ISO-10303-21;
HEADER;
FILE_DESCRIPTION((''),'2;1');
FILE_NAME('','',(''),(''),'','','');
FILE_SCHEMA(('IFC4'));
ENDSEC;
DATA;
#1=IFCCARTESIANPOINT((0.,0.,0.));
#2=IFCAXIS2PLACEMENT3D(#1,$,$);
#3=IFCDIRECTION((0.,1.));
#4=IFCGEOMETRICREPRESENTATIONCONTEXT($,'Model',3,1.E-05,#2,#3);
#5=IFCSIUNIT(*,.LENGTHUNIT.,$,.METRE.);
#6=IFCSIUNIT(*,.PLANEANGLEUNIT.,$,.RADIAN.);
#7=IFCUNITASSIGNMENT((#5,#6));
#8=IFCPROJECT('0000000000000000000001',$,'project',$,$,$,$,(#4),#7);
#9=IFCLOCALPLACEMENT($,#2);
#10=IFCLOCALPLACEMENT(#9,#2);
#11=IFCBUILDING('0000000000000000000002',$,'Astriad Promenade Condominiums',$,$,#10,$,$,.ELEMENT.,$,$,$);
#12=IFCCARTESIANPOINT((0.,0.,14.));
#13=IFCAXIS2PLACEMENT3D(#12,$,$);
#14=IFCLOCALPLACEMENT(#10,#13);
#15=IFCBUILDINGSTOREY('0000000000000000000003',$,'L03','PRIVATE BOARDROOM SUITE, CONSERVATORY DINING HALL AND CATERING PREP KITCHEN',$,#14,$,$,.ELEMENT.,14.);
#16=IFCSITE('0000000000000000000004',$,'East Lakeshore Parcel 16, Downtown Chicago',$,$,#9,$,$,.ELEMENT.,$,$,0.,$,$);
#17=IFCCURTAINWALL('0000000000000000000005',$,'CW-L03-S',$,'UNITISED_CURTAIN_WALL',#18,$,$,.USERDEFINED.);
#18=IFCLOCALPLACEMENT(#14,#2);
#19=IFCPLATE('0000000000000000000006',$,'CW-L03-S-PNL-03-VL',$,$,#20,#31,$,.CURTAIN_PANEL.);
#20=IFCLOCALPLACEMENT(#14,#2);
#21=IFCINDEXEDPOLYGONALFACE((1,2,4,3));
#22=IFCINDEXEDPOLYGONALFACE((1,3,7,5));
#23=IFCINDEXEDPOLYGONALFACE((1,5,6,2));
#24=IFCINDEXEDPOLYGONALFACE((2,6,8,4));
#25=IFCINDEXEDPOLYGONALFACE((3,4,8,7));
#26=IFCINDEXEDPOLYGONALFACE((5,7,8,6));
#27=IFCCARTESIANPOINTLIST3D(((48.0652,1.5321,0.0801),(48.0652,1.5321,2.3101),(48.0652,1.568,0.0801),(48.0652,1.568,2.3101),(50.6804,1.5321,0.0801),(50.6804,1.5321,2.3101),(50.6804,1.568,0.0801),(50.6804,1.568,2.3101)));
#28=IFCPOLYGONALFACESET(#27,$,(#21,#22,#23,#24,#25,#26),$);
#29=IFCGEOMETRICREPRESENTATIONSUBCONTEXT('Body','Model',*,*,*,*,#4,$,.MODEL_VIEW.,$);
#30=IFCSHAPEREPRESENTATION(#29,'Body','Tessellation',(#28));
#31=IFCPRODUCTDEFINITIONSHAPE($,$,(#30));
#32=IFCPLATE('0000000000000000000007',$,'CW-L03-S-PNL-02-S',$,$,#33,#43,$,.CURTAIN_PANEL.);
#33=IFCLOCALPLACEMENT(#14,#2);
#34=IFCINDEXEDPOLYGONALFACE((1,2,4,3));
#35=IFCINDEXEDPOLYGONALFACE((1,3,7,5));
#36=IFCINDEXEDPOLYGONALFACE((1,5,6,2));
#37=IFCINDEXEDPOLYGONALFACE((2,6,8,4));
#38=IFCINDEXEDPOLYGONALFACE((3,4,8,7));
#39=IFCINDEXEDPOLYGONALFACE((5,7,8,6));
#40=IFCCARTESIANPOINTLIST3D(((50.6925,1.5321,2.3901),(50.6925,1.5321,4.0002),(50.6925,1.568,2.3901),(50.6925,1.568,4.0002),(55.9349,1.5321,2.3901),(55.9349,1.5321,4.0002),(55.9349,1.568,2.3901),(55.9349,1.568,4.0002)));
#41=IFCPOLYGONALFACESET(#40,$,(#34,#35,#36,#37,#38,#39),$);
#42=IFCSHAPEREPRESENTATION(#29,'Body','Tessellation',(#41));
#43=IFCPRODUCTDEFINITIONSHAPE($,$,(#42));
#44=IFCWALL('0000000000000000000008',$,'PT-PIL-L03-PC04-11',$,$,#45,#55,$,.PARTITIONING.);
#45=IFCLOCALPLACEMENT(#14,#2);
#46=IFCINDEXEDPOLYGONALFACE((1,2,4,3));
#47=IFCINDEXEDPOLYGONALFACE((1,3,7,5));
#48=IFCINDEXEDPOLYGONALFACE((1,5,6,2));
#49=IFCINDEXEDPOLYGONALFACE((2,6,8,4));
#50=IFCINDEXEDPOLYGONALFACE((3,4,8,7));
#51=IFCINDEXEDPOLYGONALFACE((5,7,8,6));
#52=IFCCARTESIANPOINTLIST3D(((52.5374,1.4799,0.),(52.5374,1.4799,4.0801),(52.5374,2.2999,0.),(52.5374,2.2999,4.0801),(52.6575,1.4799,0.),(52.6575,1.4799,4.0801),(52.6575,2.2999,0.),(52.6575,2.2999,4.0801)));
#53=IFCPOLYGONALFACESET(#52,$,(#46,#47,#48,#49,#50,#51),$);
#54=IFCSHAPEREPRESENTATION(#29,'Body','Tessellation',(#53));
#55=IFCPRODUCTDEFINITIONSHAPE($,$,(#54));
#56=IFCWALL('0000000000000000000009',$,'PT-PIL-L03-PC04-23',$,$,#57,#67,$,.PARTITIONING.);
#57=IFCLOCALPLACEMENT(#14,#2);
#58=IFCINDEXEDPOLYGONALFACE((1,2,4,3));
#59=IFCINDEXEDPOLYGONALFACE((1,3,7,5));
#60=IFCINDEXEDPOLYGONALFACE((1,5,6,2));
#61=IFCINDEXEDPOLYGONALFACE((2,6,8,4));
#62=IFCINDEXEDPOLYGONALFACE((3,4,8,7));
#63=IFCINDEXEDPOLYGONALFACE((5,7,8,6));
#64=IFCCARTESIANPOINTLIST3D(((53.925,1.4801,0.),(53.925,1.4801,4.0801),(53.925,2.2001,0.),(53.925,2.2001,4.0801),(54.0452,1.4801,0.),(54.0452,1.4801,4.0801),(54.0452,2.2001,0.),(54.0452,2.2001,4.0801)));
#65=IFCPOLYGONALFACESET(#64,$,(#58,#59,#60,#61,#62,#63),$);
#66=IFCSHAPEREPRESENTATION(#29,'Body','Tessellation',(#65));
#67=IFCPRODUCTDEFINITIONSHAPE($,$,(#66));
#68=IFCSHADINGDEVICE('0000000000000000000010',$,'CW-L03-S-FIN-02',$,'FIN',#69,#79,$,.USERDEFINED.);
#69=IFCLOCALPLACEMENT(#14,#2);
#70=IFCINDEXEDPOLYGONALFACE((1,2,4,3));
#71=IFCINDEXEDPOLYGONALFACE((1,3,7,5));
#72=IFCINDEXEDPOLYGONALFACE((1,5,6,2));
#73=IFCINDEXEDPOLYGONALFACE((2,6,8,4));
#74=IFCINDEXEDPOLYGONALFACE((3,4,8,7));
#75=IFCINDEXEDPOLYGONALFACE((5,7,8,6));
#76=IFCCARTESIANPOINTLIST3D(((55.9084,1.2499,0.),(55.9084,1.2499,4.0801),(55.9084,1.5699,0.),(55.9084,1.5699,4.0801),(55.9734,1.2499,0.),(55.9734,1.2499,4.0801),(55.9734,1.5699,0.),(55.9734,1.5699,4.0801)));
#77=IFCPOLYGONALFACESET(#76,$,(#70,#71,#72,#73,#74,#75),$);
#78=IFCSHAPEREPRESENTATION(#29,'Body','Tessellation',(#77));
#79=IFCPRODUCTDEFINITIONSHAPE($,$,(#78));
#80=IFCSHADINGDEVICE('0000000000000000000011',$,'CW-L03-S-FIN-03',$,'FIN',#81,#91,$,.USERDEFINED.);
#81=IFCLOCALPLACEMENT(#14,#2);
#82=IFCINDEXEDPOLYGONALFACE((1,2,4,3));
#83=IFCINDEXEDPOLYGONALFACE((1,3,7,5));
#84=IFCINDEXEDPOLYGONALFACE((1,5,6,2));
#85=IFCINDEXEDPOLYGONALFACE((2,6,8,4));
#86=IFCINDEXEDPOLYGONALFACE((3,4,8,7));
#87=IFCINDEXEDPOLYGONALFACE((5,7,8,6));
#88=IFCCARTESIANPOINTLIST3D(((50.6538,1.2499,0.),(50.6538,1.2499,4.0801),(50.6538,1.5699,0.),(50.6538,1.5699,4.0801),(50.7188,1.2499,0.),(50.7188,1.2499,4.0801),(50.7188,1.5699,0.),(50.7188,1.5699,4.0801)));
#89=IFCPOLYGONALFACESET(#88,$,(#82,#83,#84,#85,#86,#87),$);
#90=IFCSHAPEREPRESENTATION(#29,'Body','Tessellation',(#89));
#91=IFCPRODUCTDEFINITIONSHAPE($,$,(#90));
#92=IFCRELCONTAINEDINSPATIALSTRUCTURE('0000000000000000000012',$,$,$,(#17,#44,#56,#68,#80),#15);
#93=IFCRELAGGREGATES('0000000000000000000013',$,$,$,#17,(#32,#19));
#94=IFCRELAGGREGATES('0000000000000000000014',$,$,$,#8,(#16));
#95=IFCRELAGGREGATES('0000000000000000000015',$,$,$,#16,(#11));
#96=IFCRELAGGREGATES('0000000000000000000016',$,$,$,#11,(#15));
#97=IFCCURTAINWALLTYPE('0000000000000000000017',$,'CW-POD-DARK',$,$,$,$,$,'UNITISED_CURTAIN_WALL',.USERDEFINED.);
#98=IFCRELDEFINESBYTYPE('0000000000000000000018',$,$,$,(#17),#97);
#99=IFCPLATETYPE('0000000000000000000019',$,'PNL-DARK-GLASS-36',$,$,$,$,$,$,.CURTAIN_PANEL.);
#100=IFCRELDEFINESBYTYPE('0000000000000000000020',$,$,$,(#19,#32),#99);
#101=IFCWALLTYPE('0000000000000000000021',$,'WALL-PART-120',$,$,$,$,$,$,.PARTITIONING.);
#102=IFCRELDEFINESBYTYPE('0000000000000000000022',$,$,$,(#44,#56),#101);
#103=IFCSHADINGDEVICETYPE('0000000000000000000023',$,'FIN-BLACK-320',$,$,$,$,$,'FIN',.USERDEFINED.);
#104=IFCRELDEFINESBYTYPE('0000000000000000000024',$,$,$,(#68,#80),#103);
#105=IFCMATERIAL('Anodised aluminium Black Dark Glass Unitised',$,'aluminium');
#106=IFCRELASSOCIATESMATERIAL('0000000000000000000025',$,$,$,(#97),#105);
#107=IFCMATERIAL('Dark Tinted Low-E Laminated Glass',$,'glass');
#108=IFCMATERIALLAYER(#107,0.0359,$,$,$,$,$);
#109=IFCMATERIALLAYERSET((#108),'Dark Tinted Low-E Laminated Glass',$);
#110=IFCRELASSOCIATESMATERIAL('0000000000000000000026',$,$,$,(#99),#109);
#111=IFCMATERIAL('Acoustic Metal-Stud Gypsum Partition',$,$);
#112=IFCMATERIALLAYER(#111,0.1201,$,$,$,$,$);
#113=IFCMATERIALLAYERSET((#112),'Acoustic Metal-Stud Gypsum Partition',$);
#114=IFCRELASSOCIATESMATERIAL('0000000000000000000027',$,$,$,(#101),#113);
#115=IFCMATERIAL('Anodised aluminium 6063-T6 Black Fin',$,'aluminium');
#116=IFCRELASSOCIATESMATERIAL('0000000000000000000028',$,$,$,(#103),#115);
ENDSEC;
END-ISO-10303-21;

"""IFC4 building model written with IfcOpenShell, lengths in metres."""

from ifc_helpers import new_model, si_unit, direction, frame, frame_2d, origin, origin_2d, place, context, subcontext, project, spatial, rectangle, extrude, source, transform, mapped, material, layer, layer_set, type_object, type_shapes, element, aggregate, save


model = new_model("IFC4")

# Units and contexts
model_context = context("Model", 3, precision=1e-05, world=origin(), true_north=direction((0.0, 1.0)))
body_context = subcontext(model_context, "Body", "Model", "MODEL_VIEW")
ifc_project = project(units=[si_unit("LENGTHUNIT", "METRE"), si_unit("PLANEANGLEUNIT", "RADIAN")], contexts=[model_context])

# Site, building, storey
site_placement = place(None, origin())
site = spatial("IfcSite", under=ifc_project, at=site_placement, Name="East Lakeshore Parcel 16, Downtown Chicago", CompositionType="ELEMENT", RefElevation=0.0)
building_placement = place(site_placement, origin())
building = spatial("IfcBuilding", under=site, at=building_placement, Name="Astriad Promenade Condominiums", CompositionType="ELEMENT")
storey_placement = place(building_placement, frame((0.0, 0.0, 14.0)))
storey = spatial("IfcBuildingStorey", under=building, at=storey_placement, Name="L03", Description="PRIVATE BOARDROOM SUITE, CONSERVATORY DINING HALL AND CATERING PREP KITCHEN", CompositionType="ELEMENT", Elevation=14.0)

# Curtain wall
ifc_material_1 = material(Name="Anodised aluminium Black Dark Glass Unitised", Category="aluminium")
curtain_wall_type = type_object("IfcCurtainWallType", Name="CW-POD-DARK", ElementType="UNITISED_CURTAIN_WALL", PredefinedType="USERDEFINED", material=ifc_material_1)
curtain_wall_placement = place(storey_placement, origin())
curtain_wall = element("IfcCurtainWall", 1, at=curtain_wall_placement, inside=storey, type_object=curtain_wall_type, Name="CW-L03-S", ObjectType="UNITISED_CURTAIN_WALL", PredefinedType="USERDEFINED")

# Plates
ifc_material_2 = material(Name="Dark Tinted Low-E Laminated Glass", Category="glass")
ifc_layer_1 = layer(ifc_material_2, 0.0359)
ifc_layer_set_1 = layer_set([ifc_layer_1], Name="Dark Tinted Low-E Laminated Glass")
plate_type_1 = type_object("IfcPlateType", Name="PNL-DARK-GLASS-36", PredefinedType="CURTAIN_PANEL", material=ifc_layer_set_1)
shared_shape_1 = source(origin(), body_context, "Body", "SweptSolid", [
    extrude(rectangle(XDim=2.6152, YDim=0.0359, at=origin_2d()), origin(), (0.0, 0.0, 1.0), 2.23),
])
plate_1_placement = place(storey_placement, frame((49.3728, 1.55, 0.0801), z_axis=(0.0, 0.0, 1.0), x_axis=(-1.0, 0.0, 0.0)))
plate_1 = element("IfcPlate", 2, at=plate_1_placement, type_object=plate_type_1, Name="CW-L03-S-PNL-03-VL", PredefinedType="CURTAIN_PANEL", context=body_context, shape_type="MappedRepresentation", body=[
    mapped(shared_shape_1, transform((0.0, 0.0, 0.0), scale=1.0)),
])
shared_shape_2 = source(origin(), body_context, "Body", "SweptSolid", [
    extrude(rectangle(XDim=5.2424, YDim=0.0359, at=origin_2d()), origin(), (0.0, 0.0, 1.0), 1.6101),
])
type_shapes(plate_type_1, [shared_shape_1, shared_shape_2])
plate_2_placement = place(storey_placement, frame((53.3137, 1.55, 2.3901), z_axis=(0.0, 0.0, 1.0), x_axis=(-1.0, 0.0, 0.0)))
plate_2 = element("IfcPlate", 3, at=plate_2_placement, type_object=plate_type_1, Name="CW-L03-S-PNL-02-S", PredefinedType="CURTAIN_PANEL", context=body_context, shape_type="MappedRepresentation", body=[
    mapped(shared_shape_2, transform((0.0, 0.0, 0.0), scale=1.0)),
])
aggregate(curtain_wall, [plate_2, plate_1])

# Walls
ifc_material_3 = material(Name="Acoustic Metal-Stud Gypsum Partition")
ifc_layer_2 = layer(ifc_material_3, 0.1201)
ifc_layer_set_2 = layer_set([ifc_layer_2], Name="Acoustic Metal-Stud Gypsum Partition")
wall_type = type_object("IfcWallType", Name="WALL-PART-120", PredefinedType="PARTITIONING", material=ifc_layer_set_2)
wall_1_placement = place(storey_placement, frame((52.5974, 2.3, 0.0), z_axis=(0.0, 0.0, 1.0), x_axis=(0.0, -1.0, 0.0)))
element("IfcWall", 4, at=wall_1_placement, inside=storey, type_object=wall_type, Name="PT-PIL-L03-PC04-11", PredefinedType="PARTITIONING", context=body_context, shape_type="SweptSolid", body=[
    extrude(rectangle(XDim=0.8201, YDim=0.1201, at=frame_2d((0.4102, 0.0))), origin(), (0.0, 0.0, 1.0), 4.0801),
])
wall_2_placement = place(storey_placement, frame((53.9851, 2.2, 0.0), z_axis=(0.0, 0.0, 1.0), x_axis=(0.0, -1.0, 0.0)))
element("IfcWall", 5, at=wall_2_placement, inside=storey, type_object=wall_type, Name="PT-PIL-L03-PC04-23", PredefinedType="PARTITIONING", context=body_context, shape_type="SweptSolid", body=[
    extrude(rectangle(XDim=0.72, YDim=0.1201, at=frame_2d((0.3599, 0.0))), origin(), (0.0, 0.0, 1.0), 4.0801),
])

# Shading devices
ifc_material_4 = material(Name="Anodised aluminium 6063-T6 Black Fin", Category="aluminium")
shading_device_type = type_object("IfcShadingDeviceType", Name="FIN-BLACK-320", ElementType="FIN", PredefinedType="USERDEFINED", material=ifc_material_4)
shared_shape_3 = source(origin(), body_context, "Body", "SweptSolid", [
    extrude(rectangle(XDim=0.0649, YDim=0.3201, at=origin_2d()), origin(), (0.0, 0.0, 1.0), 4.0801),
])
type_shapes(shading_device_type, [shared_shape_3])
for number, where, z_axis, x_axis, name in (
    (6, (55.9409, 1.4099, 0.0), (0.0, 0.0, 1.0), (-1.0, 0.0, 0.0), "CW-L03-S-FIN-02"),
    (7, (50.6863, 1.4099, 0.0), (0.0, 0.0, 1.0), (-1.0, 0.0, 0.0), "CW-L03-S-FIN-03"),
):
    element("IfcShadingDevice", number, at=place(storey_placement, frame(where, z_axis=z_axis, x_axis=x_axis)), inside=storey, type_object=shading_device_type, Name=name, ObjectType="FIN", PredefinedType="USERDEFINED", context=body_context, shape_type="MappedRepresentation", body=[
        mapped(shared_shape_3, transform((0.0, 0.0, 0.0), scale=1.0)),
    ])

save(model, "model.ifc")
